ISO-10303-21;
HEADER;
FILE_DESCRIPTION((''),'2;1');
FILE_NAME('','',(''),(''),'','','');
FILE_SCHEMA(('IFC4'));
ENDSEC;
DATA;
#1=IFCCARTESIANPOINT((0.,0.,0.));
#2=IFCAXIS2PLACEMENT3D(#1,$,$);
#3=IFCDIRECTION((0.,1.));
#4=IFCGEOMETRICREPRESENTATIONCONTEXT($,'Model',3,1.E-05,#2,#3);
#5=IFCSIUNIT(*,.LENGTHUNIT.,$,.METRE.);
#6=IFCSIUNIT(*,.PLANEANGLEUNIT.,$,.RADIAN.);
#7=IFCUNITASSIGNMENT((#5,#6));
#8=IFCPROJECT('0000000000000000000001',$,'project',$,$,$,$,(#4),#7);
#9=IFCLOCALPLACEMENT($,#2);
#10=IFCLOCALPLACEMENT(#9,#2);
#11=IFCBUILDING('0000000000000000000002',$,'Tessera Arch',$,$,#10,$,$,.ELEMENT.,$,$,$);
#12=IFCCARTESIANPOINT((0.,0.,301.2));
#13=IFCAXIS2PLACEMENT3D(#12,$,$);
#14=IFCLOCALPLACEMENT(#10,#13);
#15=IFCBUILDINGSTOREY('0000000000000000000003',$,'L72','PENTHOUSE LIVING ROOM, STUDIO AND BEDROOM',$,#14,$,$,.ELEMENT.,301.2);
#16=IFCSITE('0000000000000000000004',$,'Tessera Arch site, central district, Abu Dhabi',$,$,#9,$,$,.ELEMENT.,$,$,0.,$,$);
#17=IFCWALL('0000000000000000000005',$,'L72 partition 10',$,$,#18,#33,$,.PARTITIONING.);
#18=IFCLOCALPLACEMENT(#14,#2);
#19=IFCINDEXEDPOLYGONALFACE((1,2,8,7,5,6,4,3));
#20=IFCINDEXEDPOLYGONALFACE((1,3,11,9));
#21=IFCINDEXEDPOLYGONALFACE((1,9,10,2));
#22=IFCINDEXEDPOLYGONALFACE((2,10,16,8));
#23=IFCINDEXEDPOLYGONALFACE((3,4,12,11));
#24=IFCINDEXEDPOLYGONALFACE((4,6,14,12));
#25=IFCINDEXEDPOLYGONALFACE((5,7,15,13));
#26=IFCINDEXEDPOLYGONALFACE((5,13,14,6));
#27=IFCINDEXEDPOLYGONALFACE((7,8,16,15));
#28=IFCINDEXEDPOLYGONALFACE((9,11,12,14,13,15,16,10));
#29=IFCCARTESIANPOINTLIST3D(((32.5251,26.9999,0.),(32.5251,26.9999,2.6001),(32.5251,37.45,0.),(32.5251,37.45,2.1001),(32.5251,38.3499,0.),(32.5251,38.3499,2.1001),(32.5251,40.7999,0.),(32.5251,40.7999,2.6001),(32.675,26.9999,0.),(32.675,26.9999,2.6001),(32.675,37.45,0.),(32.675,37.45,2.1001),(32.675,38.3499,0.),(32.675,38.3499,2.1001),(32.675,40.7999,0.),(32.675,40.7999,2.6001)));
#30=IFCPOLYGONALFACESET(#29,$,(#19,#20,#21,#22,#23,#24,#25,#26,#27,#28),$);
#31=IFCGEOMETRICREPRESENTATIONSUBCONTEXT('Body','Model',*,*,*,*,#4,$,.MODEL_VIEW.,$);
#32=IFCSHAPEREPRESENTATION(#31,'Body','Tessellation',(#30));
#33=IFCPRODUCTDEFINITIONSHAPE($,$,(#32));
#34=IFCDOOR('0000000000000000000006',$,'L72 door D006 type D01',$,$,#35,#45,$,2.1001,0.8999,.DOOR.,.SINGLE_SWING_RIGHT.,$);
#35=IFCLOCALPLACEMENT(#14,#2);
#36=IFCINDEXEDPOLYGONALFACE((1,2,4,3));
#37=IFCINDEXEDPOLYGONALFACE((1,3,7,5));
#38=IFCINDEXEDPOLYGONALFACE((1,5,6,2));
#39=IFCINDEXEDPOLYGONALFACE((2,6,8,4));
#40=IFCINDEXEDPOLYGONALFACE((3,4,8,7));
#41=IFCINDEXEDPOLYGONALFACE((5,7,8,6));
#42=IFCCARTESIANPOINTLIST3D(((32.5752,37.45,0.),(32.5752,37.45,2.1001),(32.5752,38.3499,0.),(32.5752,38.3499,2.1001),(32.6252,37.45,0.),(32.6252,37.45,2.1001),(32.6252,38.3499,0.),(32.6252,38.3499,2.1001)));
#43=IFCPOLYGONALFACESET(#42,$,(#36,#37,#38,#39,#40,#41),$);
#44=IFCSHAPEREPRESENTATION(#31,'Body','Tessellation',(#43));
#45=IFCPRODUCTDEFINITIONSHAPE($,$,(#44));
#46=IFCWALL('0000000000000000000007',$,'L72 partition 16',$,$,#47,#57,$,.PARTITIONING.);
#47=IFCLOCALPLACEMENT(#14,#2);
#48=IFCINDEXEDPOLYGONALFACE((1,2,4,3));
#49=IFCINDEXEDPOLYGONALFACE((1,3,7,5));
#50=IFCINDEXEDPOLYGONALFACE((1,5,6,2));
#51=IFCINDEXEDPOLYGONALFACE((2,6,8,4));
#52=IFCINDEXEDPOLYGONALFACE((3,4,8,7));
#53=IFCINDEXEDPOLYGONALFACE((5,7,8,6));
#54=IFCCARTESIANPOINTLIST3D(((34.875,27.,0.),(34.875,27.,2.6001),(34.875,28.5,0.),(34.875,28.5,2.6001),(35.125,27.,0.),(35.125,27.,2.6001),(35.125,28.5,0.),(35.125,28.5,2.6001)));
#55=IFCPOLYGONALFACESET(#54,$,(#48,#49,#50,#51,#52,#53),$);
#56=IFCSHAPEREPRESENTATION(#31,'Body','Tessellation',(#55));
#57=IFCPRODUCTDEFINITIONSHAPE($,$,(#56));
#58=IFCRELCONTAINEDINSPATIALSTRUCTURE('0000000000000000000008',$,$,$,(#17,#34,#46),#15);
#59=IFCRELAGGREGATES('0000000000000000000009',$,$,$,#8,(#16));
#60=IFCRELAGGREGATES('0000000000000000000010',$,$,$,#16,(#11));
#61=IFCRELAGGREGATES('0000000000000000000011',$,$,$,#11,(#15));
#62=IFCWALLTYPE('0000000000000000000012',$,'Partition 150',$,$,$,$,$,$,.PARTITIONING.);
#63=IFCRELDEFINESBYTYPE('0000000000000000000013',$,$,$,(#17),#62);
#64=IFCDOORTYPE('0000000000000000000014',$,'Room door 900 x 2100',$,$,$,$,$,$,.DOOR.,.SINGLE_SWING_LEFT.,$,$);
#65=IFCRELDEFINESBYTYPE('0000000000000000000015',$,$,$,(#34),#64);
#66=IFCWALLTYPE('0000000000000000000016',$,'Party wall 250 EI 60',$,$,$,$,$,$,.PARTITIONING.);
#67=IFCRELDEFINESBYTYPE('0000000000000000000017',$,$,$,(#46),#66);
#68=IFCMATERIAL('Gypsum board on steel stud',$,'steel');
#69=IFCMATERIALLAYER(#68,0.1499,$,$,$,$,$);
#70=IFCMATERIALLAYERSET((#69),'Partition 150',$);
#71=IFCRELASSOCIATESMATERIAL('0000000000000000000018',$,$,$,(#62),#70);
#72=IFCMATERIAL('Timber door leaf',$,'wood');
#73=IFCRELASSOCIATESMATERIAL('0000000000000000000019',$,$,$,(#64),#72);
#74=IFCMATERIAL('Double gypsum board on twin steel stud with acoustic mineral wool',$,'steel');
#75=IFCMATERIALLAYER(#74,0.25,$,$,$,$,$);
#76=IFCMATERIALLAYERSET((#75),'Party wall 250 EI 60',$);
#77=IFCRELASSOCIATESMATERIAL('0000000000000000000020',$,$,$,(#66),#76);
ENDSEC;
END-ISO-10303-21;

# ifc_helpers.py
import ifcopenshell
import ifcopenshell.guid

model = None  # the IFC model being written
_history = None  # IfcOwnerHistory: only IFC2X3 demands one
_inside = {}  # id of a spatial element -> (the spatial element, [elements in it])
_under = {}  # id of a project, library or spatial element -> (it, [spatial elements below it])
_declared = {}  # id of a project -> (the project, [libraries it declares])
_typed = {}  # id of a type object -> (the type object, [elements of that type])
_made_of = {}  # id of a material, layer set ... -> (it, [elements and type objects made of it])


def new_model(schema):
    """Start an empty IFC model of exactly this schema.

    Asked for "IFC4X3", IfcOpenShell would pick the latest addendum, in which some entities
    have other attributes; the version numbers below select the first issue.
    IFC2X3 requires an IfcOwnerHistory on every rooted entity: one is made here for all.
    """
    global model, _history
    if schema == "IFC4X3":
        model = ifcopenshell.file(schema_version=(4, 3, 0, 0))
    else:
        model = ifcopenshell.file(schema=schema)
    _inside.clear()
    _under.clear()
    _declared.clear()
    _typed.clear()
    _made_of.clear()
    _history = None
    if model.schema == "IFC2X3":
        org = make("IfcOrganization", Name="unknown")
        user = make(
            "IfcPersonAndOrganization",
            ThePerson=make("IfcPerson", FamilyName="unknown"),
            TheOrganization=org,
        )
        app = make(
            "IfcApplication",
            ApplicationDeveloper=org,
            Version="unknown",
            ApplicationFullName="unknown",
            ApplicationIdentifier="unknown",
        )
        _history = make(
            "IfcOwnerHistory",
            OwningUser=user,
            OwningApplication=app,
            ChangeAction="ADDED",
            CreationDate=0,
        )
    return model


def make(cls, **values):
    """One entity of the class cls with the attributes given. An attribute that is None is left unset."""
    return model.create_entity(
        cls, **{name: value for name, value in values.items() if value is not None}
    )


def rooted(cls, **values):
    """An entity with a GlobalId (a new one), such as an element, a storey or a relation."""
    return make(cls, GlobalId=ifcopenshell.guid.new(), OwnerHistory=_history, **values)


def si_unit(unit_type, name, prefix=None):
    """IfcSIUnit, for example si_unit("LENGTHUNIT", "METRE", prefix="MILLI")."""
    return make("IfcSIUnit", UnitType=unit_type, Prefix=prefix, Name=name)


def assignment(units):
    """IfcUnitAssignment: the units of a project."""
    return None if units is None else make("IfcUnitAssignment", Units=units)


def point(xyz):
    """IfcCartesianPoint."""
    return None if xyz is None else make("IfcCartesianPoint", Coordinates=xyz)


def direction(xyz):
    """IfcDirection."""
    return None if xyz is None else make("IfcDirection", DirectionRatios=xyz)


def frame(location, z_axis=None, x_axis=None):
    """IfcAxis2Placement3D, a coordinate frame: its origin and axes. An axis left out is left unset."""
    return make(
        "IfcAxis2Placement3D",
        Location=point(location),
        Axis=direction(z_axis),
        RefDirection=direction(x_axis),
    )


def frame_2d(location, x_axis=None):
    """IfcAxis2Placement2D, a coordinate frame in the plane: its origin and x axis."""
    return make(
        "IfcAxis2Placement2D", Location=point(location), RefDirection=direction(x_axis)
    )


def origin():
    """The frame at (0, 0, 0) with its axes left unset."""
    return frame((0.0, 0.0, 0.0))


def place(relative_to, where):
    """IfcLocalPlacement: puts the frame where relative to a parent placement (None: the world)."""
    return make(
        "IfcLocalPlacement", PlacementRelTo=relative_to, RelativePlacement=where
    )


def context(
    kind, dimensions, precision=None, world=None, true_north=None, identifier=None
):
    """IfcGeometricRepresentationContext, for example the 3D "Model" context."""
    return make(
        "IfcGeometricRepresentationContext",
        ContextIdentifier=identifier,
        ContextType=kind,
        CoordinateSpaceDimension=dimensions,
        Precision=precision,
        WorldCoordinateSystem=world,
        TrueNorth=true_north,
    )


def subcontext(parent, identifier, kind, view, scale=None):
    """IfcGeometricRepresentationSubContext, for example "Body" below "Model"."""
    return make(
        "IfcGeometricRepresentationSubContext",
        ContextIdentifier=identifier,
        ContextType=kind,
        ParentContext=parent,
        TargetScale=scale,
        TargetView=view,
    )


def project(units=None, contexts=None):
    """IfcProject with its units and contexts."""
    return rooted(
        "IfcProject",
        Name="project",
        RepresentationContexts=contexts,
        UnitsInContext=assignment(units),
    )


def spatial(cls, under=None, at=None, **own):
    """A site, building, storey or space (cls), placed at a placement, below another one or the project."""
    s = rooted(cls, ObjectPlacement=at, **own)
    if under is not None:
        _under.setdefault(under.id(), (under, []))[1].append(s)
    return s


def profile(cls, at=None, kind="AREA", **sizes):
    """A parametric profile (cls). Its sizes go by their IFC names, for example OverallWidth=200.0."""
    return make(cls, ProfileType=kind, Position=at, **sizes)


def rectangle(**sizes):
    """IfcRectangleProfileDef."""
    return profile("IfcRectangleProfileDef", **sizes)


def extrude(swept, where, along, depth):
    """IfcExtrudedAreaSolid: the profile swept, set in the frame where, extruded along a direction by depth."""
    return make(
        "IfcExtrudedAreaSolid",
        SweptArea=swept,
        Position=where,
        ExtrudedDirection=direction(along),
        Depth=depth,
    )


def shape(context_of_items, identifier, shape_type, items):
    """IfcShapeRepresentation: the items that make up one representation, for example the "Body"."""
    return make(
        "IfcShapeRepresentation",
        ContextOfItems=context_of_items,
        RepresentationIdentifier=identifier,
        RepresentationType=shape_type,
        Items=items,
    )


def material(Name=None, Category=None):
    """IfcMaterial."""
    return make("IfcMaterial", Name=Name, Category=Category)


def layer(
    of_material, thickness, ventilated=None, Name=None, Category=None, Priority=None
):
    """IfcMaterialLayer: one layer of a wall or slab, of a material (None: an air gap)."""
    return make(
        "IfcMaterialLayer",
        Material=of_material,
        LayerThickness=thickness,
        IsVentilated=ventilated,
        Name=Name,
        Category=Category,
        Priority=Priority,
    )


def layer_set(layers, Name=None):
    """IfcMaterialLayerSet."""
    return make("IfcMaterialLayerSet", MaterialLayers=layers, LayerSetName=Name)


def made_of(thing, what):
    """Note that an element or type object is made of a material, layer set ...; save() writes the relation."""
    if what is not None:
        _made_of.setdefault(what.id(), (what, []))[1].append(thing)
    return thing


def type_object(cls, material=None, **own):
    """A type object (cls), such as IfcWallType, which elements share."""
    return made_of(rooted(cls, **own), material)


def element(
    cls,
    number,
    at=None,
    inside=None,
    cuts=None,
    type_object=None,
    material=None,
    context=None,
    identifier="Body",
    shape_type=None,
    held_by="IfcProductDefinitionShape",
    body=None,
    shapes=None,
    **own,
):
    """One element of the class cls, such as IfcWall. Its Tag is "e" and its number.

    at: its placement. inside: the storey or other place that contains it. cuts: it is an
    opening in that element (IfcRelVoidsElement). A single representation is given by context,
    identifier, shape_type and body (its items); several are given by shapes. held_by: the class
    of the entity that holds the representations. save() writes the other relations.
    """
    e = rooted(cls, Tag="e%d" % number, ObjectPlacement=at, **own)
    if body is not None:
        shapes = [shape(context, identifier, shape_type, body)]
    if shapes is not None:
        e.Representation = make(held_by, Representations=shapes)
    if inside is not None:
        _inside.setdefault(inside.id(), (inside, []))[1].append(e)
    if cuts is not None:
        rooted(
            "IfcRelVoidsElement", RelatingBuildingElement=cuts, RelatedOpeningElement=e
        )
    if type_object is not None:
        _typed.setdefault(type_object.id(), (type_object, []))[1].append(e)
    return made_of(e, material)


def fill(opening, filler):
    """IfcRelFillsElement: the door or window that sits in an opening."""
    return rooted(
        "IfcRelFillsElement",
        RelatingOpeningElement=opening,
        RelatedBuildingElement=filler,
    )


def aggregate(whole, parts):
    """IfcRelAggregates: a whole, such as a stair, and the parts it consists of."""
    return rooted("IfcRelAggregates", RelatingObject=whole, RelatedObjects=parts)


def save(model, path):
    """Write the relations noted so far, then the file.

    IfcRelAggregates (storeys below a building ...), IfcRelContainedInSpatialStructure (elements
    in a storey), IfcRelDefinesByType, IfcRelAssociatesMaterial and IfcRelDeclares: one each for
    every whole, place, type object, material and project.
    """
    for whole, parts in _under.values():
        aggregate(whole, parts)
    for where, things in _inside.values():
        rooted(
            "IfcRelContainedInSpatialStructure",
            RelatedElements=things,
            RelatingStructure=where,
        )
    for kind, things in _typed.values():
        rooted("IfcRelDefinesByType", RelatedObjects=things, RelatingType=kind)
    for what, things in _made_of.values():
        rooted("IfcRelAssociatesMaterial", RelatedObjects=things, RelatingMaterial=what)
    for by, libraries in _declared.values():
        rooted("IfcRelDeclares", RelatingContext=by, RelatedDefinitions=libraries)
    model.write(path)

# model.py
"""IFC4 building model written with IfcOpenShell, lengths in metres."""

from ifc_helpers import new_model, si_unit, direction, frame, frame_2d, origin, place, context, subcontext, project, spatial, rectangle, extrude, material, layer, layer_set, type_object, element, fill, save


model = new_model("IFC4")

# Units and contexts
model_context = context("Model", 3, precision=1e-05, world=origin(), true_north=direction((0.0, 1.0)))
body_context = subcontext(model_context, "Body", "Model", "MODEL_VIEW")
ifc_project = project(units=[si_unit("LENGTHUNIT", "METRE"), si_unit("PLANEANGLEUNIT", "RADIAN")], contexts=[model_context])

# Site, building, storey
site_placement = place(None, origin())
site = spatial("IfcSite", under=ifc_project, at=site_placement, Name="Tessera Arch site, central district, Abu Dhabi", CompositionType="ELEMENT", RefElevation=0.0)
building_placement = place(site_placement, origin())
building = spatial("IfcBuilding", under=site, at=building_placement, Name="Tessera Arch", CompositionType="ELEMENT")
storey_placement = place(building_placement, frame((0.0, 0.0, 301.2)))
storey = spatial("IfcBuildingStorey", under=building, at=storey_placement, Name="L72", Description="PENTHOUSE LIVING ROOM, STUDIO AND BEDROOM", CompositionType="ELEMENT", Elevation=301.2)

# Shared definitions
ifc_material_1 = material(Name="Gypsum board on steel stud", Category="steel")
ifc_layer_1 = layer(ifc_material_1, 0.1499)
ifc_layer_set_1 = layer_set([ifc_layer_1], Name="Partition 150")
wall_type_1 = type_object("IfcWallType", Name="Partition 150", PredefinedType="PARTITIONING", material=ifc_layer_set_1)

# Wall, opening, door
wall_1_placement = place(storey_placement, frame((32.6001, 27.0, 0.0), z_axis=(0.0, 0.0, 1.0), x_axis=(0.0, 1.0, 0.0)))
wall_1 = element("IfcWall", 1, at=wall_1_placement, inside=storey, type_object=wall_type_1, Name="L72 partition 10", PredefinedType="PARTITIONING", context=body_context, shape_type="SweptSolid", body=[
    extrude(rectangle(XDim=13.8, YDim=0.1499, at=frame_2d((6.8999, 0.0))), origin(), (0.0, 0.0, 1.0), 2.6001),
])
opening_1_placement = place(wall_1_placement, frame((10.45, 0.0, 0.0)))
opening_1 = element("IfcOpeningElement", 2, at=opening_1_placement, cuts=wall_1, PredefinedType="OPENING", context=body_context, shape_type="SweptSolid", body=[
    extrude(rectangle(XDim=0.8999, YDim=2.1001, at=frame_2d((0.45, 1.05))), frame((0.0, 0.085, 0.0), z_axis=(0.0, -1.0, 0.0), x_axis=(1.0, 0.0, 0.0)), (0.0, 0.0, 1.0), 0.1699),
])
ifc_material_2 = material(Name="Timber door leaf", Category="wood")
door_type_1 = type_object("IfcDoorType", Name="Room door 900 x 2100", OperationType="SINGLE_SWING_LEFT", PredefinedType="DOOR", material=ifc_material_2)
door_1_placement = place(opening_1_placement, origin())
door_1 = element("IfcDoor", 3, at=door_1_placement, inside=storey, type_object=door_type_1, Name="L72 door D006 type D01", OperationType="SINGLE_SWING_RIGHT", OverallHeight=2.1001, OverallWidth=0.8999, PredefinedType="DOOR", context=body_context, shape_type="SweptSolid", body=[
    extrude(rectangle(XDim=0.8999, YDim=2.1001, at=frame_2d((0.45, 1.05))), frame((0.0, 0.0249, 0.0), z_axis=(0.0, -1.0, 0.0), x_axis=(1.0, 0.0, 0.0)), (0.0, 0.0, 1.0), 0.05),
])
fill(opening_1, door_1)

# Wall
ifc_material_3 = material(Name="Double gypsum board on twin steel stud with acoustic mineral wool", Category="steel")
ifc_layer_2 = layer(ifc_material_3, 0.25)
ifc_layer_set_2 = layer_set([ifc_layer_2], Name="Party wall 250 EI 60")
wall_type_2 = type_object("IfcWallType", Name="Party wall 250 EI 60", PredefinedType="PARTITIONING", material=ifc_layer_set_2)
wall_2_placement = place(storey_placement, frame((35.0, 27.0, 0.0), z_axis=(0.0, 0.0, 1.0), x_axis=(0.0, 1.0, 0.0)))
element("IfcWall", 4, at=wall_2_placement, inside=storey, type_object=wall_type_2, Name="L72 partition 16", PredefinedType="PARTITIONING", context=body_context, shape_type="SweptSolid", body=[
    extrude(rectangle(XDim=1.5, YDim=0.25, at=frame_2d((0.75, 0.0))), origin(), (0.0, 0.0, 1.0), 2.6001),
])

save(model, "model.ifc")
